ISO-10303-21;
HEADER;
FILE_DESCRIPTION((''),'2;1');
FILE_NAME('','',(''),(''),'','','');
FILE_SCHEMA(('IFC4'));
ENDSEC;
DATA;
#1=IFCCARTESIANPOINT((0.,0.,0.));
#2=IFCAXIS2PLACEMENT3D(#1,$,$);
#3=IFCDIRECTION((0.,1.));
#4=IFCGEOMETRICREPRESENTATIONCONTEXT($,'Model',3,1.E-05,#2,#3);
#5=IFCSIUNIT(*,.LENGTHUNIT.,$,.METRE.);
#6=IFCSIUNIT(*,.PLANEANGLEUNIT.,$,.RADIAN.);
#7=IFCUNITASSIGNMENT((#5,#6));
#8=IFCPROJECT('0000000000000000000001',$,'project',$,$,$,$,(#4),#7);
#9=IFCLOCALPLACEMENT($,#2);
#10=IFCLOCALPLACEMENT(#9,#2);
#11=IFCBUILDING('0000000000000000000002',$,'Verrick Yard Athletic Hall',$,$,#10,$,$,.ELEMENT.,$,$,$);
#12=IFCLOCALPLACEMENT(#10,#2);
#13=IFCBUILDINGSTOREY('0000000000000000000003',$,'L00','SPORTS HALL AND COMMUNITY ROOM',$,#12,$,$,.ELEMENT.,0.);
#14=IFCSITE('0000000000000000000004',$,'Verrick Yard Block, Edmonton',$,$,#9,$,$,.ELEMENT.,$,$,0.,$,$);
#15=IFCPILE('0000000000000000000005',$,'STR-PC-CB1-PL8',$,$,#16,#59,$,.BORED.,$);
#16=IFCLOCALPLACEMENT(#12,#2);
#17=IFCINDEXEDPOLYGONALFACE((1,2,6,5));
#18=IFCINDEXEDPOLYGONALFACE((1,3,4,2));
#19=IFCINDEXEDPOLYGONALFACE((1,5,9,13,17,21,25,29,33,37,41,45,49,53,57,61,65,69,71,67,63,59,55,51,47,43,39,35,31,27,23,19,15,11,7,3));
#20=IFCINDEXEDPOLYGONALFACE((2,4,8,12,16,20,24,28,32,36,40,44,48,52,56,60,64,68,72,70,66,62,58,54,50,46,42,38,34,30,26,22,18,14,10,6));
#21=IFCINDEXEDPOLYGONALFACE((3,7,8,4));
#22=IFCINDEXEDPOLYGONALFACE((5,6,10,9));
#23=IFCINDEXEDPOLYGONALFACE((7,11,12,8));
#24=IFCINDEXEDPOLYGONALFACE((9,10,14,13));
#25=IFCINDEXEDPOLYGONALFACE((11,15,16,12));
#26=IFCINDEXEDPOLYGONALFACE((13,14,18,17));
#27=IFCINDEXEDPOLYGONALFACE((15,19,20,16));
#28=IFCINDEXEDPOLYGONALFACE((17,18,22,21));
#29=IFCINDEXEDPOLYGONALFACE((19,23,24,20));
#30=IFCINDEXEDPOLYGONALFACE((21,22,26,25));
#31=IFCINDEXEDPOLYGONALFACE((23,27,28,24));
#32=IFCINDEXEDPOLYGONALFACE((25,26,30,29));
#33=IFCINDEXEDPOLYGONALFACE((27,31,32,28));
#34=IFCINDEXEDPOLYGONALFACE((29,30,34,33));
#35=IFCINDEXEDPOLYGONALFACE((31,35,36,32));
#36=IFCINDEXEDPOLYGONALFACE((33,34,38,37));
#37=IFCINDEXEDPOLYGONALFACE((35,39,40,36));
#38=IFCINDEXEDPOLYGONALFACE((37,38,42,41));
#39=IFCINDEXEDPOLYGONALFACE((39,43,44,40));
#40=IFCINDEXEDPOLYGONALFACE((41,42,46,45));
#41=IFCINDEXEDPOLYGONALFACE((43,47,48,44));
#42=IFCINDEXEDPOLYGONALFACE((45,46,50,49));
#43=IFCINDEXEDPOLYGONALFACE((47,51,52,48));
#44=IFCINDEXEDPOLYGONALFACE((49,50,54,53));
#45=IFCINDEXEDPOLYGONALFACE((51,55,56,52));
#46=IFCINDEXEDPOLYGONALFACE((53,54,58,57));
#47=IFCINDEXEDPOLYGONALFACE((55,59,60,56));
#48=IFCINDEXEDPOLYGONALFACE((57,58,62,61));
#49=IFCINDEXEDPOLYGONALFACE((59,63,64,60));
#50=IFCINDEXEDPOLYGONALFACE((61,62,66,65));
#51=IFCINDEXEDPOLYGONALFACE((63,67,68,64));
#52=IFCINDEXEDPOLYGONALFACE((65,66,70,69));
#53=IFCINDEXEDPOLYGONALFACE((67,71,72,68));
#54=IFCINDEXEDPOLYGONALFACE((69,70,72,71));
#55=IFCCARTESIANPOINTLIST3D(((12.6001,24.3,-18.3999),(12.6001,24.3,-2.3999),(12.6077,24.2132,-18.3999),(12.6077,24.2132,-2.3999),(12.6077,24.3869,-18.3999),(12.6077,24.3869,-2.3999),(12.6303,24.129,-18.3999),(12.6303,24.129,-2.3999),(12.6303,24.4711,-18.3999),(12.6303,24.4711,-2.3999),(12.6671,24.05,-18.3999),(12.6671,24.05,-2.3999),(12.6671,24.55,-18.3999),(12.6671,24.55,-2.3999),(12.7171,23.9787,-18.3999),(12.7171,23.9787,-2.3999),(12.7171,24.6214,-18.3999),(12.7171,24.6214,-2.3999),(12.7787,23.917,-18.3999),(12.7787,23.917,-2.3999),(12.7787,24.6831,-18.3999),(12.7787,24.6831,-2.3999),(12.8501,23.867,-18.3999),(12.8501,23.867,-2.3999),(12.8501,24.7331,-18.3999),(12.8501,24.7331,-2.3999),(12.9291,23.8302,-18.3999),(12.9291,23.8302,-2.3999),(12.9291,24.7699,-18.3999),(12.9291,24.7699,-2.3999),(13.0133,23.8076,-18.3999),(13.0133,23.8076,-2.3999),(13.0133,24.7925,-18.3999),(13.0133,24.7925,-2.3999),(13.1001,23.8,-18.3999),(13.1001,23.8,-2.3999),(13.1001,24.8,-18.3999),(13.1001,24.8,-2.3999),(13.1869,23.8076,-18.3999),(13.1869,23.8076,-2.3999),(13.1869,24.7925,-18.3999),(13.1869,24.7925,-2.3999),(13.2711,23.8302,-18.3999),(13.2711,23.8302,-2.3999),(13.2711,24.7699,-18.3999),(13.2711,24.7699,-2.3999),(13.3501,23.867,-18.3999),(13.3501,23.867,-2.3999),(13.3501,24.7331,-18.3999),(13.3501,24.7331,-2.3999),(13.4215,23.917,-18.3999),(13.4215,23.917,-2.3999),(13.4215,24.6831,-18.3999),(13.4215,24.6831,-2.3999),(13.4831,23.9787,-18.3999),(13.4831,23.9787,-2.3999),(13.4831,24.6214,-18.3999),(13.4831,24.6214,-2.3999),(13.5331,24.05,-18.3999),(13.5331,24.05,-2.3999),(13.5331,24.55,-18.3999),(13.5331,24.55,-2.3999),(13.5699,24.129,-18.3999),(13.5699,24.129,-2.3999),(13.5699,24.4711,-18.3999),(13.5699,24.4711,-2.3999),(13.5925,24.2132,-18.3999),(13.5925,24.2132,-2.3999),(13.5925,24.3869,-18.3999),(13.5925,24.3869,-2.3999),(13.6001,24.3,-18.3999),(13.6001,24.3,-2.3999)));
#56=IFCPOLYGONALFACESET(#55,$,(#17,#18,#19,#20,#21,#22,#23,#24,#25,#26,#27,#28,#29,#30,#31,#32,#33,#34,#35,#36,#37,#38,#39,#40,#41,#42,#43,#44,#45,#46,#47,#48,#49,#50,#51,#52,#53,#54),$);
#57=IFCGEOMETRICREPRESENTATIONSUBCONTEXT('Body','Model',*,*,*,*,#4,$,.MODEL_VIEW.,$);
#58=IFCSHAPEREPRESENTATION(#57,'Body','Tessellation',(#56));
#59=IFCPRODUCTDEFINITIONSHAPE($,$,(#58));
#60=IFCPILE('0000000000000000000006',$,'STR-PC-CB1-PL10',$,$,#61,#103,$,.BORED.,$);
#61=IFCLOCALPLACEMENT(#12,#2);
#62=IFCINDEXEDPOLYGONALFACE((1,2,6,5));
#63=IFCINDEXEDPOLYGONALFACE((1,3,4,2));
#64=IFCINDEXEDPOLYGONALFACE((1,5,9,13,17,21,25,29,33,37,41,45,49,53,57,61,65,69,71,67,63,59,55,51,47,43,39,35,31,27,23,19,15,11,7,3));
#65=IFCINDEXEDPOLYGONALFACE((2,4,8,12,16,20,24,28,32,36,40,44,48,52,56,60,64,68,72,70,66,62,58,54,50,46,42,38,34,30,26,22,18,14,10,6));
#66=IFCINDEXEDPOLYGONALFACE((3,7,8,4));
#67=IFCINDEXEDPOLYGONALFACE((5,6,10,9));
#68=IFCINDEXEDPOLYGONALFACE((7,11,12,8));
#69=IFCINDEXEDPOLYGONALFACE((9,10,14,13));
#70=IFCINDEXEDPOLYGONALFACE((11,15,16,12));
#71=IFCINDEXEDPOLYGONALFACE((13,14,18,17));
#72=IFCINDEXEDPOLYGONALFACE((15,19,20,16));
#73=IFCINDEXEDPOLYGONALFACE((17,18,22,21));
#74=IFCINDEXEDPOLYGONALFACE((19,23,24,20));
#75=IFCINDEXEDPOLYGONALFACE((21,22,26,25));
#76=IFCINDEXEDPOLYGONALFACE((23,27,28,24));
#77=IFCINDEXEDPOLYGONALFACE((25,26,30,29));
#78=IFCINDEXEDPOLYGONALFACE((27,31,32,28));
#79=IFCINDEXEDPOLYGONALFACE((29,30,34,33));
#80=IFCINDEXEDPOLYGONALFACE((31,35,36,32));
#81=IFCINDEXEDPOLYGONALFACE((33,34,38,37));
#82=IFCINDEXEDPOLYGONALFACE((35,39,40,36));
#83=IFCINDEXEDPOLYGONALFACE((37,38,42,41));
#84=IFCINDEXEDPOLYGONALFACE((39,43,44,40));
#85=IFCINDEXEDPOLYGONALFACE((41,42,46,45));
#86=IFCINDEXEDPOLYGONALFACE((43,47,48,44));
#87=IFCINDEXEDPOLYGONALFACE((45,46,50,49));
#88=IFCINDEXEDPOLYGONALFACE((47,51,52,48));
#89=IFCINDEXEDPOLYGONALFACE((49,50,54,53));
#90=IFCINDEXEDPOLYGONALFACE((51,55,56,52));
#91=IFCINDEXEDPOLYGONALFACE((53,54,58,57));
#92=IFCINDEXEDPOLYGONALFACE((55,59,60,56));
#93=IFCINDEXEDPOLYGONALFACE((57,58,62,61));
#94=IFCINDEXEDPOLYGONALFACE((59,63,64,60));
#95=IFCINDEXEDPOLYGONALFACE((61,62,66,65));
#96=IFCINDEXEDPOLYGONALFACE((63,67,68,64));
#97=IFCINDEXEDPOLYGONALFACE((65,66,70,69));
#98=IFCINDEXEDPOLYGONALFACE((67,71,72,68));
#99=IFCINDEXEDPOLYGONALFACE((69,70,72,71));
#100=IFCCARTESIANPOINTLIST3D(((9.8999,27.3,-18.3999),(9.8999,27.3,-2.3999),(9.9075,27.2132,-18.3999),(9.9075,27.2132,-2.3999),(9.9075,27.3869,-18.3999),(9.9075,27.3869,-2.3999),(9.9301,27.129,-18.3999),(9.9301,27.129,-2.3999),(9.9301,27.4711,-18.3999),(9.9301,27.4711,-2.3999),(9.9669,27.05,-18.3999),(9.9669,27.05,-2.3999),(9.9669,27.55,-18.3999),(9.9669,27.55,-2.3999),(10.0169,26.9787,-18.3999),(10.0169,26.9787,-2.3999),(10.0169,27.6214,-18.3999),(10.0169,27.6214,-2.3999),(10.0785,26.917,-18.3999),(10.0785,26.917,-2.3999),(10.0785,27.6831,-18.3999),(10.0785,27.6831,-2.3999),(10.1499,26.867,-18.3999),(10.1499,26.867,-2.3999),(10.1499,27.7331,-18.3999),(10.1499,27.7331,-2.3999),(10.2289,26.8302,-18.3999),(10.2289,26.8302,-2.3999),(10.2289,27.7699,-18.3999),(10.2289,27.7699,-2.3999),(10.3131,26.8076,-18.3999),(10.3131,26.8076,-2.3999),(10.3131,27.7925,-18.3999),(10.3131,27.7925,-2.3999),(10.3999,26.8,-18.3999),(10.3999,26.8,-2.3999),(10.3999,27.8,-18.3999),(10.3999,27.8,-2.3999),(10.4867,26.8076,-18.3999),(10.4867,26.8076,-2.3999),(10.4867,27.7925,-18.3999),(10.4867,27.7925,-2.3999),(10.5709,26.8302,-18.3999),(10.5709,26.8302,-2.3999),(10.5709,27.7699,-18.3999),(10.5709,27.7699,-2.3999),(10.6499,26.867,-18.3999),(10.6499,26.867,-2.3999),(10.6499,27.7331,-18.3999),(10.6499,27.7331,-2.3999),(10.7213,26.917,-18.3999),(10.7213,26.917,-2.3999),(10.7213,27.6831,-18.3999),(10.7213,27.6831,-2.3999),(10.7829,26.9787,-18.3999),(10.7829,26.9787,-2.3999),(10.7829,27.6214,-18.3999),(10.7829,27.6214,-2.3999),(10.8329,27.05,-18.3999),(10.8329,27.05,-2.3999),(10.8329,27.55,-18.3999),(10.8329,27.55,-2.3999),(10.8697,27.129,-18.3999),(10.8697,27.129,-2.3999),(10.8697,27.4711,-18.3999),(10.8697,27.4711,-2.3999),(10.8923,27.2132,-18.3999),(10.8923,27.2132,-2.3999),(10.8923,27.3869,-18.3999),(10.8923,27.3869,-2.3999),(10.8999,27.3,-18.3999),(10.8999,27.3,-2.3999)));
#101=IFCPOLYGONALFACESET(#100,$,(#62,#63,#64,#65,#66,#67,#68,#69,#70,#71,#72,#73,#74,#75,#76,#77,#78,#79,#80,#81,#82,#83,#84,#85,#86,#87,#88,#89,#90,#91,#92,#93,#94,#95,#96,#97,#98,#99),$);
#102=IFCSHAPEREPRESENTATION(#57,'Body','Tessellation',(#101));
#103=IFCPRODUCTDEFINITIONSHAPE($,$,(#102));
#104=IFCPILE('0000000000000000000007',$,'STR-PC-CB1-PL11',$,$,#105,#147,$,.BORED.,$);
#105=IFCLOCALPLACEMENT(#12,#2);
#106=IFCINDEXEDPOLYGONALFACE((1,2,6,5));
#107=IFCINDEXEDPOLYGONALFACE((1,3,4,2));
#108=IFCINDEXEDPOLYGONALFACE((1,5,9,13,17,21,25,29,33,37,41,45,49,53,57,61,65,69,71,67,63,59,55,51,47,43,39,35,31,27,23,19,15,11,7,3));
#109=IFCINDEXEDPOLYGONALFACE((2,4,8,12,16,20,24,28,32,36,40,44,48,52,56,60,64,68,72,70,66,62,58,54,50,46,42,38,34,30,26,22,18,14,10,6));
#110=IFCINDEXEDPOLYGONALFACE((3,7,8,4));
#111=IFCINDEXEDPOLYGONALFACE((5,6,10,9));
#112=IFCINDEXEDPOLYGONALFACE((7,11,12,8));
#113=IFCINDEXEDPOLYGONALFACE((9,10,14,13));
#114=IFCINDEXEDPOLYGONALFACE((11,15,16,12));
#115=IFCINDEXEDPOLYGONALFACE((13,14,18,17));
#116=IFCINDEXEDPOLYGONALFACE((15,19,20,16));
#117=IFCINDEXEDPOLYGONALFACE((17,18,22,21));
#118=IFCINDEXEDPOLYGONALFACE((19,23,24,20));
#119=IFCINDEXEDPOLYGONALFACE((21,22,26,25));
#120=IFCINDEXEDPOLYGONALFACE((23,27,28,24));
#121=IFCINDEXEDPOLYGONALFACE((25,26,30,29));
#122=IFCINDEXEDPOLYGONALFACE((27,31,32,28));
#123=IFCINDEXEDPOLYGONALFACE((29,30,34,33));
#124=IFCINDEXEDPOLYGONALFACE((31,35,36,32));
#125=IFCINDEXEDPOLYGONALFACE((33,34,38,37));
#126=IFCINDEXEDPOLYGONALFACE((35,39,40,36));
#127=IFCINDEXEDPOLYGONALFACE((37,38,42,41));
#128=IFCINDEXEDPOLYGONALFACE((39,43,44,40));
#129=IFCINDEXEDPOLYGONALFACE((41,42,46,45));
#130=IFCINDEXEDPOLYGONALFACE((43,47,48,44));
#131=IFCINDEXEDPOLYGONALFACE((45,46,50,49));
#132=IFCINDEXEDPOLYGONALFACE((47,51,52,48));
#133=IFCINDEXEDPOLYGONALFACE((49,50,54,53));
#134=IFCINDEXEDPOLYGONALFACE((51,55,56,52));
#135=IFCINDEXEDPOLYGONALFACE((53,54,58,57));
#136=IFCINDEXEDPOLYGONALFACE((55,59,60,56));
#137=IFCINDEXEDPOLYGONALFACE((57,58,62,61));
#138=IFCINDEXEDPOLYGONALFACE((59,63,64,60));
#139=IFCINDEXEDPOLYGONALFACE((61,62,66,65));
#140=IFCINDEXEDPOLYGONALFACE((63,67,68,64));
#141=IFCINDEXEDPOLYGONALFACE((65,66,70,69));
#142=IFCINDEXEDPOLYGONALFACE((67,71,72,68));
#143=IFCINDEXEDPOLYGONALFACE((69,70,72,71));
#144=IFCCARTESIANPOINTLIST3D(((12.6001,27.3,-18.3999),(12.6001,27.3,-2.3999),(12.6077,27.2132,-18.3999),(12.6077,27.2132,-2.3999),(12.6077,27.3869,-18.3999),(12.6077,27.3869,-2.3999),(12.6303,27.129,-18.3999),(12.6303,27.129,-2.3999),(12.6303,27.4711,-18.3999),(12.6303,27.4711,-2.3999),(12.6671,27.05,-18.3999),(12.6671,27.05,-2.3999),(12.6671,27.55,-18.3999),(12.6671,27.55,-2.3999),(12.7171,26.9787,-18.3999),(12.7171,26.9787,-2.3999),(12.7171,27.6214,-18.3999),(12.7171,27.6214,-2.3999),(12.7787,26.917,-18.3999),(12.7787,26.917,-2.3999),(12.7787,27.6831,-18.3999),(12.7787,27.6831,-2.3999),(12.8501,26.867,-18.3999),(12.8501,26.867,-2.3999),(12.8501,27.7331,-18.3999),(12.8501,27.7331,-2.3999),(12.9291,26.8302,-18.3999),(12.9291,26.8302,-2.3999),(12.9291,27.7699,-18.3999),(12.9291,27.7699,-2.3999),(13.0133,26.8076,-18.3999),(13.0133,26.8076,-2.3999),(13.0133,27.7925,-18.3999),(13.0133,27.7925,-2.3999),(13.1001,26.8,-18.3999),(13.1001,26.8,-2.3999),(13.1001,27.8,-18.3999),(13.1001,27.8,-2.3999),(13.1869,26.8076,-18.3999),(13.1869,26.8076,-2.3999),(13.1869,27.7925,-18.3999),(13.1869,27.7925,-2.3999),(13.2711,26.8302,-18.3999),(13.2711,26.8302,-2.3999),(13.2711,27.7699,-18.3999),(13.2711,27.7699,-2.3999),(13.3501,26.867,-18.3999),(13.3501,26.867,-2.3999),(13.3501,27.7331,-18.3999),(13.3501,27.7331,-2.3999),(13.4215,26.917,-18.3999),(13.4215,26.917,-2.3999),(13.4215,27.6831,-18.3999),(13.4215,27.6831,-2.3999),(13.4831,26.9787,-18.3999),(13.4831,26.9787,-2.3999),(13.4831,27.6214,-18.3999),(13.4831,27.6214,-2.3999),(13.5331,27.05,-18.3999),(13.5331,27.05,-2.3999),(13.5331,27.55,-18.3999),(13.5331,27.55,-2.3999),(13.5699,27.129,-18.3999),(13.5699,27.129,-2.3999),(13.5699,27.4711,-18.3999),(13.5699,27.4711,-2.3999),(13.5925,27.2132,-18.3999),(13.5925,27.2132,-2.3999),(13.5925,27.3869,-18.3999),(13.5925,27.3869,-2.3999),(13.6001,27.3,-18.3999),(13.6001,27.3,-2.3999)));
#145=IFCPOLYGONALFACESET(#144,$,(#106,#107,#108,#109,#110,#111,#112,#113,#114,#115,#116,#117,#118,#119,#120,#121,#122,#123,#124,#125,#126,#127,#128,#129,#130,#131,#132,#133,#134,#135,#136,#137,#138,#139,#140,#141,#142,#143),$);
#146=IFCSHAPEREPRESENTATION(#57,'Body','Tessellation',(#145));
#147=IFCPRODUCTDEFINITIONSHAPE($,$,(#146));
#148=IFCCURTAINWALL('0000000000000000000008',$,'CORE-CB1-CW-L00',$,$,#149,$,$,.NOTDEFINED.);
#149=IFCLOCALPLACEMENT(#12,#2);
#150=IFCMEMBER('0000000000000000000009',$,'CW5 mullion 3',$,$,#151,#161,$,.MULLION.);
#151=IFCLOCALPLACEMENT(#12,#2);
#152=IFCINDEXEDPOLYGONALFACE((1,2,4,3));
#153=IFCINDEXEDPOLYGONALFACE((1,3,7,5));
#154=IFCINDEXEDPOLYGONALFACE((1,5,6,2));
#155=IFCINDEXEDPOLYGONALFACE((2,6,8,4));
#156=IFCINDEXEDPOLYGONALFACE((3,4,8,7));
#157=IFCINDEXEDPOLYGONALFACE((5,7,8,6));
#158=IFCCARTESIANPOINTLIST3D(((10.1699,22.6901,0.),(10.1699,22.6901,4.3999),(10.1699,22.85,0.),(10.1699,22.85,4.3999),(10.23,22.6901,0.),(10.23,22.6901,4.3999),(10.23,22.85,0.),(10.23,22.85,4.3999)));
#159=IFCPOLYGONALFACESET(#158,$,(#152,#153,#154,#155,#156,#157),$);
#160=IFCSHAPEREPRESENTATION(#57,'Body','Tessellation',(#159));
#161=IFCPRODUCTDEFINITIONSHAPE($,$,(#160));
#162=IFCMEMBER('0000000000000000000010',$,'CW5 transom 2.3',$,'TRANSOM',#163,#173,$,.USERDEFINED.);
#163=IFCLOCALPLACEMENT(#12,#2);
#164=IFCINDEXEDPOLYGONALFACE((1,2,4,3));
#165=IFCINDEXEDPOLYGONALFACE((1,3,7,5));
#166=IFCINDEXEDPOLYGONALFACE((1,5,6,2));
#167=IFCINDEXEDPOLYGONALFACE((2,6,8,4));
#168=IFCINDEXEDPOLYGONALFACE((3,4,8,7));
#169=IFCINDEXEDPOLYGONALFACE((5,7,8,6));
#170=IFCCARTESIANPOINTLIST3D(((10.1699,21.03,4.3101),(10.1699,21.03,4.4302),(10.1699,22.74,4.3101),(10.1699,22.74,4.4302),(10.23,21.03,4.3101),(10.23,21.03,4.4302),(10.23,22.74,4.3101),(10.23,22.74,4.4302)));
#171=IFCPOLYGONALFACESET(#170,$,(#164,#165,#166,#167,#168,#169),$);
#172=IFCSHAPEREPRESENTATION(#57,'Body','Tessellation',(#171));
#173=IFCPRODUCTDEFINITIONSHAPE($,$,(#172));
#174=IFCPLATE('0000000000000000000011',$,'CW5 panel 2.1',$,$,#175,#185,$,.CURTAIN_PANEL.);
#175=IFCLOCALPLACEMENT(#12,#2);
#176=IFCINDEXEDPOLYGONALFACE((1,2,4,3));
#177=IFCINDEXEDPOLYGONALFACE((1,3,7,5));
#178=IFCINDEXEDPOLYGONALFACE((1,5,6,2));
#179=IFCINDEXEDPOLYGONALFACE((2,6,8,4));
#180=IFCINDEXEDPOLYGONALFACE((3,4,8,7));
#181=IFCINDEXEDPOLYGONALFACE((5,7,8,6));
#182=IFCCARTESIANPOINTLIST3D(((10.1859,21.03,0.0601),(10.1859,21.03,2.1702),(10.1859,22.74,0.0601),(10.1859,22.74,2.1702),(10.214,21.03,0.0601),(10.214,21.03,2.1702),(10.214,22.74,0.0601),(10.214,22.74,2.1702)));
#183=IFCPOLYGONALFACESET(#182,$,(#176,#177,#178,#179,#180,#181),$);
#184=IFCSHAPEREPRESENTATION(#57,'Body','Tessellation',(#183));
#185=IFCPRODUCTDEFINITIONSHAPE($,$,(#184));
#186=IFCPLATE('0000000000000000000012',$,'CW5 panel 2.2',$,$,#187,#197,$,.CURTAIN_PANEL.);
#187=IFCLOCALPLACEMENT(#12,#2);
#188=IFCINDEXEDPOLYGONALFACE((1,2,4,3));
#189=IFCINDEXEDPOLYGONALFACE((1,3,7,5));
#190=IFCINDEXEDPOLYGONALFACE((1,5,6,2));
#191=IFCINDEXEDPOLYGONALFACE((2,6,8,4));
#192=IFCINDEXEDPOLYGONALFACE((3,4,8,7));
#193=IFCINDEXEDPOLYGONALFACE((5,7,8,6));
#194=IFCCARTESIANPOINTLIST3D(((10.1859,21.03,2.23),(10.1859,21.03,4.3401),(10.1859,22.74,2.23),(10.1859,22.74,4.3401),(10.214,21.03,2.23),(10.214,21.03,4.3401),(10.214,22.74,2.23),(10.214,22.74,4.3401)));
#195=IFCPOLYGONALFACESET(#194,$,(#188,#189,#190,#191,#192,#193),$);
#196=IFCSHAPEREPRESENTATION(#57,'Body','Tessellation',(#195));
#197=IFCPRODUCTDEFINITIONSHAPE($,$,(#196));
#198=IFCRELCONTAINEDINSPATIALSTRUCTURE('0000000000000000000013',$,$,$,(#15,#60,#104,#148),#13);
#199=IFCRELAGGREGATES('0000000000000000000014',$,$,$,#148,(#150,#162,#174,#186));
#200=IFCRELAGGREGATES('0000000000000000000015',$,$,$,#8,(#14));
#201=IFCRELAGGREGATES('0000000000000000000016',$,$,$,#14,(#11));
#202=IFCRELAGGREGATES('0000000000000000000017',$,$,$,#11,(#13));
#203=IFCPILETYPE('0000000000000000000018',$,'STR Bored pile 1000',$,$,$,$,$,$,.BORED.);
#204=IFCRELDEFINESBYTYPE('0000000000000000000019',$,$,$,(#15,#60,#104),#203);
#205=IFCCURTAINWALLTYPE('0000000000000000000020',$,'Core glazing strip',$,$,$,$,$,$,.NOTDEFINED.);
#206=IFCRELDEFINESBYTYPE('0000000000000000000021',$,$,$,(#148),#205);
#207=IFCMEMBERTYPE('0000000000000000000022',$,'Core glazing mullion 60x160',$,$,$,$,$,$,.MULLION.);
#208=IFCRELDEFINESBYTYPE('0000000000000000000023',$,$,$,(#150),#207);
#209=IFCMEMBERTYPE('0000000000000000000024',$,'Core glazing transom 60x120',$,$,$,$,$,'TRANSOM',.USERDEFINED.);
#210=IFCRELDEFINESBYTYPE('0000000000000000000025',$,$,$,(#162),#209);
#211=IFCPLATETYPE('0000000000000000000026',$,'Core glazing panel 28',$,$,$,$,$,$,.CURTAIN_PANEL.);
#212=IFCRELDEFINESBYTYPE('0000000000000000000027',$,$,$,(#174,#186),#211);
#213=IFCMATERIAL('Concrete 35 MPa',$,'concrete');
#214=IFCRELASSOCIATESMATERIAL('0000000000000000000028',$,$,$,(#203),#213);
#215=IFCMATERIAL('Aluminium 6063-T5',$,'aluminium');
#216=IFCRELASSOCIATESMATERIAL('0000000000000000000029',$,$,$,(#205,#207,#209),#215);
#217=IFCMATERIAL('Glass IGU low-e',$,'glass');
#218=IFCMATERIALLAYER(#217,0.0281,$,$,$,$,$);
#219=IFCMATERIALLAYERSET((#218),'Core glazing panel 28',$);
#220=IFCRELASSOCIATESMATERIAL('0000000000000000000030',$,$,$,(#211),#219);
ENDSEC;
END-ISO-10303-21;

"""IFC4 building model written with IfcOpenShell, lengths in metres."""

from ifc_helpers import new_model, si_unit, direction, frame, origin, origin_2d, place, context, subcontext, project, spatial, rectangle, circle, extrude, material, layer, layer_set, material_profile, profile_set, type_object, element, aggregate, save


model = new_model("IFC4")

# Units and contexts
model_context = context("Model", 3, precision=1e-05, world=origin(), true_north=direction((0.0, 1.0)))
body_context = subcontext(model_context, "Body", "Model", "MODEL_VIEW")
ifc_project = project(units=[si_unit("LENGTHUNIT", "METRE"), si_unit("PLANEANGLEUNIT", "RADIAN")], contexts=[model_context])

# Site, building, storey
site_placement = place(None, origin())
site = spatial("IfcSite", under=ifc_project, at=site_placement, Name="Verrick Yard Block, Edmonton", CompositionType="ELEMENT", RefElevation=0.0)
building_placement = place(site_placement, origin())
building = spatial("IfcBuilding", under=site, at=building_placement, Name="Verrick Yard Athletic Hall", CompositionType="ELEMENT")
storey_placement = place(building_placement, origin())
storey = spatial("IfcBuildingStorey", under=building, at=storey_placement, Name="L00", Description="SPORTS HALL AND COMMUNITY ROOM", CompositionType="ELEMENT", Elevation=0.0)

# Piles
ifc_material_1 = material(Name="Concrete 35 MPa", Category="concrete")
pile_type = type_object("IfcPileType", Name="STR Bored pile 1000", PredefinedType="BORED", material=ifc_material_1)
for number, where, z_axis, x_axis, name in (
    (1, (13.1001, 24.3, -2.3999), (0.0, 0.0, -1.0), (1.0, 0.0, 0.0), "STR-PC-CB1-PL8"),
    (2, (10.3999, 27.3, -2.3999), (0.0, 0.0, -1.0), (1.0, 0.0, 0.0), "STR-PC-CB1-PL10"),
    (3, (13.1001, 27.3, -2.3999), (0.0, 0.0, -1.0), (1.0, 0.0, 0.0), "STR-PC-CB1-PL11"),
):
    element("IfcPile", number, at=place(storey_placement, frame(where, z_axis=z_axis, x_axis=x_axis)), inside=storey, type_object=pile_type, Name=name, PredefinedType="BORED", context=body_context, shape_type="SweptSolid", body=[
        extrude(circle(Radius=0.5, at=origin_2d()), origin(), (0.0, 0.0, 1.0), 16.0),
    ])

# Curtain wall, members, plates
ifc_material_2 = material(Name="Aluminium 6063-T5", Category="aluminium")
curtain_wall_type = type_object("IfcCurtainWallType", Name="Core glazing strip", PredefinedType="NOTDEFINED", material=ifc_material_2)
curtain_wall_placement = place(storey_placement, origin())
curtain_wall = element("IfcCurtainWall", 4, at=curtain_wall_placement, inside=storey, type_object=curtain_wall_type, Name="CORE-CB1-CW-L00", PredefinedType="NOTDEFINED")
ifc_material_profile_1 = material_profile(ifc_material_2, rectangle(XDim=0.0601, YDim=0.1599, at=origin_2d()), Name="Core glazing mullion 60x160")
ifc_profile_set_1 = profile_set([ifc_material_profile_1], Name="Aluminium 6063-T5")
member_type_1 = type_object("IfcMemberType", Name="Core glazing mullion 60x160", PredefinedType="MULLION", material=ifc_profile_set_1)
member_1_placement = place(storey_placement, frame((10.2, 22.77, 0.0), z_axis=(0.0, 0.0, 1.0), x_axis=(-1.0, 0.0, 0.0)))
member_1 = element("IfcMember", 5, at=member_1_placement, type_object=member_type_1, Name="CW5 mullion 3", PredefinedType="MULLION", context=body_context, shape_type="SweptSolid", body=[
    extrude(rectangle(XDim=0.0601, YDim=0.1599, at=origin_2d()), origin(), (0.0, 0.0, 1.0), 4.3999),
])
ifc_material_profile_2 = material_profile(ifc_material_2, rectangle(XDim=0.0601, YDim=0.1201, at=origin_2d()), Name="Core glazing transom 60x120")
ifc_profile_set_2 = profile_set([ifc_material_profile_2], Name="Aluminium 6063-T5")
member_type_2 = type_object("IfcMemberType", Name="Core glazing transom 60x120", ElementType="TRANSOM", PredefinedType="USERDEFINED", material=ifc_profile_set_2)
member_2_placement = place(storey_placement, frame((10.2, 21.03, 4.3701), z_axis=(0.0, 1.0, 0.0), x_axis=(-1.0, 0.0, 0.0)))
member_2 = element("IfcMember", 6, at=member_2_placement, type_object=member_type_2, Name="CW5 transom 2.3", ObjectType="TRANSOM", PredefinedType="USERDEFINED", context=body_context, shape_type="SweptSolid", body=[
    extrude(rectangle(XDim=0.0601, YDim=0.1201, at=origin_2d()), origin(), (0.0, 0.0, 1.0), 1.71),
])
ifc_material_3 = material(Name="Glass IGU low-e", Category="glass")
ifc_layer_1 = layer(ifc_material_3, 0.0281)
ifc_layer_set_1 = layer_set([ifc_layer_1], Name="Core glazing panel 28")
plate_type = type_object("IfcPlateType", Name="Core glazing panel 28", PredefinedType="CURTAIN_PANEL", material=ifc_layer_set_1)
plate_1_placement = place(storey_placement, frame((10.2, 21.885, 0.0601), z_axis=(0.0, 0.0, 1.0), x_axis=(0.0, 1.0, 0.0)))
plate_1 = element("IfcPlate", 7, at=plate_1_placement, type_object=plate_type, Name="CW5 panel 2.1", PredefinedType="CURTAIN_PANEL", context=body_context, shape_type="SweptSolid", body=[
    extrude(rectangle(XDim=1.71, YDim=0.0281, at=origin_2d()), origin(), (0.0, 0.0, 1.0), 2.1101),
])
plate_2_placement = place(storey_placement, frame((10.2, 21.885, 2.23), z_axis=(0.0, 0.0, 1.0), x_axis=(0.0, 1.0, 0.0)))
plate_2 = element("IfcPlate", 8, at=plate_2_placement, type_object=plate_type, Name="CW5 panel 2.2", PredefinedType="CURTAIN_PANEL", context=body_context, shape_type="SweptSolid", body=[
    extrude(rectangle(XDim=1.71, YDim=0.0281, at=origin_2d()), origin(), (0.0, 0.0, 1.0), 2.1101),
])
aggregate(curtain_wall, [member_1, member_2, plate_1, plate_2])

save(model, "model.ifc")
